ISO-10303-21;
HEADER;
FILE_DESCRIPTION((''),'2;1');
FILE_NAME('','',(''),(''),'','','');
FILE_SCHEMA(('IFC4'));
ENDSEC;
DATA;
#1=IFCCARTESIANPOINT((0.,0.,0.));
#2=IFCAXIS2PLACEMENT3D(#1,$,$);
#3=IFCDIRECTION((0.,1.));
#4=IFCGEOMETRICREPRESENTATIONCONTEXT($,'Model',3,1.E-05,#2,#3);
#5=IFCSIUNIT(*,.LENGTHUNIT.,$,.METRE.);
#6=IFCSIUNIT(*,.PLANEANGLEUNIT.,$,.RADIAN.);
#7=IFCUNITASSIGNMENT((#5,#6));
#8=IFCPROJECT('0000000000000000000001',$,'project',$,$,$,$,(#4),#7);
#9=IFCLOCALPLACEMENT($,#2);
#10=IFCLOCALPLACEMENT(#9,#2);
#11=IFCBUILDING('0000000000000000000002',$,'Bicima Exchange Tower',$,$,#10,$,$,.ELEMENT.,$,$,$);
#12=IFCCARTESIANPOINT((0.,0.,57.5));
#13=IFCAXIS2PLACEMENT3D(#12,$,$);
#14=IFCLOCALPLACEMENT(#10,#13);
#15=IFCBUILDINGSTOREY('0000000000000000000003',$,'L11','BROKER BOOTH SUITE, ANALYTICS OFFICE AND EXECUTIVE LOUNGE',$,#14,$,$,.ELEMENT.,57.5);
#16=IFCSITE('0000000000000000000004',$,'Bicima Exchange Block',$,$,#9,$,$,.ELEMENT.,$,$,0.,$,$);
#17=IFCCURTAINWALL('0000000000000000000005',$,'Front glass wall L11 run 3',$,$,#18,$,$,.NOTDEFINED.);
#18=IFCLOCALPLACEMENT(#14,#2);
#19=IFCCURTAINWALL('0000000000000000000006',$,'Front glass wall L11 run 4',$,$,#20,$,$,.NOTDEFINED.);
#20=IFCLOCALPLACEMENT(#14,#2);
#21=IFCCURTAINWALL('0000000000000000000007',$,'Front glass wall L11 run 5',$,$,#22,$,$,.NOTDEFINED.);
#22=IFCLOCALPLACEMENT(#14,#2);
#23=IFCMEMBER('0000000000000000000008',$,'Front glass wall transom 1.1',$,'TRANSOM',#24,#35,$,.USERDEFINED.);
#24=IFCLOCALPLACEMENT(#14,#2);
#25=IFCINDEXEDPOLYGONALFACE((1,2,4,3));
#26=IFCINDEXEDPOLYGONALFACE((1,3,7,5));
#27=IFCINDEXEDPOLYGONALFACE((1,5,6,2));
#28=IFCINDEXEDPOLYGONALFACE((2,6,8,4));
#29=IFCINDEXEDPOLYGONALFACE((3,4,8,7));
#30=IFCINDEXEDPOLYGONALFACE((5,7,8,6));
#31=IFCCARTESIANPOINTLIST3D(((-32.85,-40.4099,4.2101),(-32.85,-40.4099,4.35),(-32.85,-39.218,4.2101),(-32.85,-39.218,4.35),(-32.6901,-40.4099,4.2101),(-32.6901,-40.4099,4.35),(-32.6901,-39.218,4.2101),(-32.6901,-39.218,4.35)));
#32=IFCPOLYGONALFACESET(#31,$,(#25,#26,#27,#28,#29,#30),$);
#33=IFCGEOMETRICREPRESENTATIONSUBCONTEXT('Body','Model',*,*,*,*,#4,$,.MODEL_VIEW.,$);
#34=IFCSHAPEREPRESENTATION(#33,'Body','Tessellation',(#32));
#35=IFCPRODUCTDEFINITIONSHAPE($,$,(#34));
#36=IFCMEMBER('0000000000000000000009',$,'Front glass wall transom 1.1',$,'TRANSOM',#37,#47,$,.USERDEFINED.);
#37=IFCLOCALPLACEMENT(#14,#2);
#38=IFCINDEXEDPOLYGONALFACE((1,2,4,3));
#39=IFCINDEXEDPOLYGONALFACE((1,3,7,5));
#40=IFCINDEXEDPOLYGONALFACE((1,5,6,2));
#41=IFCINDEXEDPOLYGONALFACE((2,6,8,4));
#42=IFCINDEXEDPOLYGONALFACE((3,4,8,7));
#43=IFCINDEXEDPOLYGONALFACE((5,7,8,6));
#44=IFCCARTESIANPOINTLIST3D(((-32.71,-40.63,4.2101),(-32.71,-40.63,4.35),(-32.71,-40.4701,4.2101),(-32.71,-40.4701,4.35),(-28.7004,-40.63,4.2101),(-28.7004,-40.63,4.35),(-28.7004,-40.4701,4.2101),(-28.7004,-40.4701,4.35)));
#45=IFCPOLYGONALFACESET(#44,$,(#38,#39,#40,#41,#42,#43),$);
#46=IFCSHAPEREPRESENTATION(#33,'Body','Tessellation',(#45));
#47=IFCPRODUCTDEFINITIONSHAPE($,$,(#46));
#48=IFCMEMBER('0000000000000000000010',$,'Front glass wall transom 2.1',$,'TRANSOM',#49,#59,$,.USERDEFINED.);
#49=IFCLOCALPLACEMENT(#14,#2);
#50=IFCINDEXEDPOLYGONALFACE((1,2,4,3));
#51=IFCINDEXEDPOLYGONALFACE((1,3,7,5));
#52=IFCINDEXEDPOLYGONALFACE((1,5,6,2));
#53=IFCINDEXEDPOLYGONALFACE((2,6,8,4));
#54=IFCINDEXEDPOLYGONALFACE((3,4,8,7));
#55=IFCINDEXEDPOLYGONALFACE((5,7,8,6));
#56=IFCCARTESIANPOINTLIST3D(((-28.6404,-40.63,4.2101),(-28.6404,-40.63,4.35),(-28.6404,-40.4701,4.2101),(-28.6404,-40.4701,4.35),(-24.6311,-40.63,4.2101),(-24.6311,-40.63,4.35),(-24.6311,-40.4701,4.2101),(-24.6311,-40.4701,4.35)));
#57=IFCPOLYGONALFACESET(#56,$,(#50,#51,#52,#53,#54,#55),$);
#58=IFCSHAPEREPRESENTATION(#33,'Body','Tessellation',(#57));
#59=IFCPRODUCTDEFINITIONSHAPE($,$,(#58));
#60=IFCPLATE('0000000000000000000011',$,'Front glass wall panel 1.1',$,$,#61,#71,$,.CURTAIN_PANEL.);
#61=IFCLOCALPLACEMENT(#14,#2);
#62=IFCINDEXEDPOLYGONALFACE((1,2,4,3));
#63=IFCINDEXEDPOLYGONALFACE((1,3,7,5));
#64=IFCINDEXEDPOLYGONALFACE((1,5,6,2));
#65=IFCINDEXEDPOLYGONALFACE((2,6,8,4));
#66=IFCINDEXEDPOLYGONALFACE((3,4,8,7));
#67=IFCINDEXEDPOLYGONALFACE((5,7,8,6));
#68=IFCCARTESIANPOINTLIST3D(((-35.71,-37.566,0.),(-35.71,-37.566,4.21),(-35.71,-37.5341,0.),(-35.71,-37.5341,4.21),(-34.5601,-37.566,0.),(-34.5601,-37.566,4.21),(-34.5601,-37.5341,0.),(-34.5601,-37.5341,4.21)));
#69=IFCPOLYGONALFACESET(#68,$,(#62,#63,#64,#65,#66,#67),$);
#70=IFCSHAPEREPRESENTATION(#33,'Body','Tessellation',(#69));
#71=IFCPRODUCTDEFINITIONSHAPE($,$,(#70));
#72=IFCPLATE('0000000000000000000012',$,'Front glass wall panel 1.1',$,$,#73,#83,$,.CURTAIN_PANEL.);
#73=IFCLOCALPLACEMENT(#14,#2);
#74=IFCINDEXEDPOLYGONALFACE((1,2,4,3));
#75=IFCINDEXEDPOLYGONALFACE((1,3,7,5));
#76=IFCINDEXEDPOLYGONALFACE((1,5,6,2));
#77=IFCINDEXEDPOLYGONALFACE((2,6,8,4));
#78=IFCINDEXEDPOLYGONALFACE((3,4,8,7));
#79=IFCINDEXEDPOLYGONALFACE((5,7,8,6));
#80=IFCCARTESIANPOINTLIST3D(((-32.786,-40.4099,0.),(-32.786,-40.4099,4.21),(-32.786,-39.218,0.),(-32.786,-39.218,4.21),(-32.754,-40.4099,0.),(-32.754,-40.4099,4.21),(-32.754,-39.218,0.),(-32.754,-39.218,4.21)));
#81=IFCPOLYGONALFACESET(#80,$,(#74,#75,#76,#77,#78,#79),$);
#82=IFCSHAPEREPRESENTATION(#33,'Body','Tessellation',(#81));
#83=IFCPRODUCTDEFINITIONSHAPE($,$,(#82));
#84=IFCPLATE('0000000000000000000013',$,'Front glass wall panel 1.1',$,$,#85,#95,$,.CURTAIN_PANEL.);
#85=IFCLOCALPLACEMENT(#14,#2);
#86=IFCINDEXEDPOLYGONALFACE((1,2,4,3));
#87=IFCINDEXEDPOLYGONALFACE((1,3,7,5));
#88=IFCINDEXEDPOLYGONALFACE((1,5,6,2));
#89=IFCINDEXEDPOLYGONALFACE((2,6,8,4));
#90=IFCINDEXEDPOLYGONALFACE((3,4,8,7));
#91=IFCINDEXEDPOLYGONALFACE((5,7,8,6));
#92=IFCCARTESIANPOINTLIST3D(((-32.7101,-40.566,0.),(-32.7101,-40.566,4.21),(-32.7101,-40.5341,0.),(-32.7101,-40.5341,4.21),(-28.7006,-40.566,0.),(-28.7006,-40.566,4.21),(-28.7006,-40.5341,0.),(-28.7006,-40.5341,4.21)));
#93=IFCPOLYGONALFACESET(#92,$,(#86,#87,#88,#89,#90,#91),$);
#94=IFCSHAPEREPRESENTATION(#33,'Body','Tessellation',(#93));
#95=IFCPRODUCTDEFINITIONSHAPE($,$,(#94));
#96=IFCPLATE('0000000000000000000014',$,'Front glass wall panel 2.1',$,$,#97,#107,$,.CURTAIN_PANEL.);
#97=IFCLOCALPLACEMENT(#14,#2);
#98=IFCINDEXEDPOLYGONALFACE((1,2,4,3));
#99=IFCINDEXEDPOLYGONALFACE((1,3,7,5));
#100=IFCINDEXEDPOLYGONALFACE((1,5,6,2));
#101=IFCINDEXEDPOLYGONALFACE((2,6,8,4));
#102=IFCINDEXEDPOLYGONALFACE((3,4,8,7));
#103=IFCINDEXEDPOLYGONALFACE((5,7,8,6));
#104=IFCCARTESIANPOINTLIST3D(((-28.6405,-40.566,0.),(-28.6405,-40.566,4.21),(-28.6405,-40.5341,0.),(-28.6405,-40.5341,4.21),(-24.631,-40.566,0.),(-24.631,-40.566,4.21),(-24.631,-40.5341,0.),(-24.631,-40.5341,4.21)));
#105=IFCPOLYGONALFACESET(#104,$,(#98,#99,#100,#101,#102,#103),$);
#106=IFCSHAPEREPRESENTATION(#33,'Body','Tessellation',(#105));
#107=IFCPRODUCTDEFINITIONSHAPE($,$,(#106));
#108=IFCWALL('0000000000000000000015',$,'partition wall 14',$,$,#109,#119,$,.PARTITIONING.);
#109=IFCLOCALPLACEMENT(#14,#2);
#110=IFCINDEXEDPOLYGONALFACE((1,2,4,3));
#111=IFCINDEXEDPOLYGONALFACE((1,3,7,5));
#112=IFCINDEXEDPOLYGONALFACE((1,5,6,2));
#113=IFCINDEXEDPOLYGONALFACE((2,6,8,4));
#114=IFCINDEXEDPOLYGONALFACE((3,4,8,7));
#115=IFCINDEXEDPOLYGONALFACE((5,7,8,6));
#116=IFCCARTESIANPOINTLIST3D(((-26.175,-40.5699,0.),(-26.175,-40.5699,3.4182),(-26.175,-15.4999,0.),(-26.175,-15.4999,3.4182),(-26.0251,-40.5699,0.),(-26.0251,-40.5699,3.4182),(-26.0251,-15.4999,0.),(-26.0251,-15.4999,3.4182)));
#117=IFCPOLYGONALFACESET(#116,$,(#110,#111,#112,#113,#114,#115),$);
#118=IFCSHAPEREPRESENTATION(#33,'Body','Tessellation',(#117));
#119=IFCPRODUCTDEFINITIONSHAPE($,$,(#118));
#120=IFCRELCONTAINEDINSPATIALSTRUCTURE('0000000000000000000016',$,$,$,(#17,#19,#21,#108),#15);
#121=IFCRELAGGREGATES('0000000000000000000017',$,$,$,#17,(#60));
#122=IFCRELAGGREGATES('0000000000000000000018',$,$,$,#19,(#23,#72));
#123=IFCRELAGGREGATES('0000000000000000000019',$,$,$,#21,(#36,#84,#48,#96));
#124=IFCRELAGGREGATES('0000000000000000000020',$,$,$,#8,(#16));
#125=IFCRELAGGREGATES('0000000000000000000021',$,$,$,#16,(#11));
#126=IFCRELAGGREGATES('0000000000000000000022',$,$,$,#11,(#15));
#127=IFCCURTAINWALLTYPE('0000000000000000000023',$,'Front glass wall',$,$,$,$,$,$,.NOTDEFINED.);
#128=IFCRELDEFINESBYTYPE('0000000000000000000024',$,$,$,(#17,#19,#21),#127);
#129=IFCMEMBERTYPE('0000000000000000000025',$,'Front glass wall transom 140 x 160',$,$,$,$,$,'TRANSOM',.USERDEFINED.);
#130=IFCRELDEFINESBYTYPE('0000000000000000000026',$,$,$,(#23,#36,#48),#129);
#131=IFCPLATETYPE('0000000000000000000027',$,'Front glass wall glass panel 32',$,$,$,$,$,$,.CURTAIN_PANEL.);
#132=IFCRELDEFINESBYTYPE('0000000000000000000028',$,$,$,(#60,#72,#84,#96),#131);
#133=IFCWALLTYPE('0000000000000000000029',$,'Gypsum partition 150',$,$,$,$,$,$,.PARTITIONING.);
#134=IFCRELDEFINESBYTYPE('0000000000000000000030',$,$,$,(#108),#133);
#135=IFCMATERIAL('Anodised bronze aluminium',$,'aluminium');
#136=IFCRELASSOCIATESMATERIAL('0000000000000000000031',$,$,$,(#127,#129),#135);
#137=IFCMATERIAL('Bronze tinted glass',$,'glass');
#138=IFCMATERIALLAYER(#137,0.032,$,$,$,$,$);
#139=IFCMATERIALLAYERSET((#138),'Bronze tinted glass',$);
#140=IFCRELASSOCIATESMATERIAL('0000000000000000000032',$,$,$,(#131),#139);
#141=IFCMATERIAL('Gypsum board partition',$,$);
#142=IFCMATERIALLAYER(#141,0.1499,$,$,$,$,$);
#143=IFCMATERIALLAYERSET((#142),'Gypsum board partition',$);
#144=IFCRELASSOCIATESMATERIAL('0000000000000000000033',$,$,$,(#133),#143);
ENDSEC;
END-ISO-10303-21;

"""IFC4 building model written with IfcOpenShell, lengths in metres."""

from ifc_helpers import new_model, si_unit, direction, frame, frame_2d, origin, origin_2d, place, context, subcontext, project, spatial, rectangle, extrude, material, layer, layer_set, material_profile, profile_set, type_object, element, aggregate, save


model = new_model("IFC4")

# Units and contexts
model_context = context("Model", 3, precision=1e-05, world=origin(), true_north=direction((0.0, 1.0)))
body_context = subcontext(model_context, "Body", "Model", "MODEL_VIEW")
ifc_project = project(units=[si_unit("LENGTHUNIT", "METRE"), si_unit("PLANEANGLEUNIT", "RADIAN")], contexts=[model_context])

# Site, building, storey
site_placement = place(None, origin())
site = spatial("IfcSite", under=ifc_project, at=site_placement, Name="Bicima Exchange Block", CompositionType="ELEMENT", RefElevation=0.0)
building_placement = place(site_placement, origin())
building = spatial("IfcBuilding", under=site, at=building_placement, Name="Bicima Exchange Tower", CompositionType="ELEMENT")
storey_placement = place(building_placement, frame((0.0, 0.0, 57.5)))
storey = spatial("IfcBuildingStorey", under=building, at=storey_placement, Name="L11", Description="BROKER BOOTH SUITE, ANALYTICS OFFICE AND EXECUTIVE LOUNGE", CompositionType="ELEMENT", Elevation=57.5)

# Curtain walls
ifc_material_1 = material(Name="Anodised bronze aluminium", Category="aluminium")
curtain_wall_type = type_object("IfcCurtainWallType", Name="Front glass wall", PredefinedType="NOTDEFINED", material=ifc_material_1)
curtain_wall_1_placement = place(storey_placement, origin())
curtain_wall_1 = element("IfcCurtainWall", 1, at=curtain_wall_1_placement, inside=storey, type_object=curtain_wall_type, Name="Front glass wall L11 run 3", PredefinedType="NOTDEFINED")
curtain_wall_2_placement = place(storey_placement, origin())
curtain_wall_2 = element("IfcCurtainWall", 2, at=curtain_wall_2_placement, inside=storey, type_object=curtain_wall_type, Name="Front glass wall L11 run 4", PredefinedType="NOTDEFINED")
curtain_wall_3_placement = place(storey_placement, origin())
curtain_wall_3 = element("IfcCurtainWall", 3, at=curtain_wall_3_placement, inside=storey, type_object=curtain_wall_type, Name="Front glass wall L11 run 5", PredefinedType="NOTDEFINED")

# Members
ifc_material_profile_1 = material_profile(ifc_material_1, rectangle(XDim=0.1599, YDim=0.1399, at=origin_2d()))
ifc_profile_set_1 = profile_set([ifc_material_profile_1], Name="Anodised bronze aluminium")
member_type_1 = type_object("IfcMemberType", Name="Front glass wall transom 140 x 160", ElementType="TRANSOM", PredefinedType="USERDEFINED", material=ifc_profile_set_1)
member_1_placement = place(storey_placement, frame((-32.77, -39.218, 4.28), z_axis=(0.0, -1.0, 0.0), x_axis=(1.0, 0.0, 0.0)))
member_1 = element("IfcMember", 4, at=member_1_placement, type_object=member_type_1, Name="Front glass wall transom 1.1", ObjectType="TRANSOM", PredefinedType="USERDEFINED", context=body_context, shape_type="SweptSolid", body=[
    extrude(rectangle(XDim=0.1599, YDim=0.1399, at=origin_2d()), origin(), (0.0, 0.0, 1.0), 1.1919),
])
member_2_placement = place(storey_placement, frame((-32.71, -40.55, 4.28), z_axis=(1.0, 0.0, 0.0), x_axis=(0.0, 1.0, 0.0)))
member_2 = element("IfcMember", 5, at=member_2_placement, type_object=member_type_1, Name="Front glass wall transom 1.1", ObjectType="TRANSOM", PredefinedType="USERDEFINED", context=body_context, shape_type="SweptSolid", body=[
    extrude(rectangle(XDim=0.1599, YDim=0.1399, at=origin_2d()), origin(), (0.0, 0.0, 1.0), 4.0095),
])
member_3_placement = place(storey_placement, frame((-28.6404, -40.55, 4.28), z_axis=(1.0, 0.0, 0.0), x_axis=(0.0, 1.0, 0.0)))
member_3 = element("IfcMember", 6, at=member_3_placement, type_object=member_type_1, Name="Front glass wall transom 2.1", ObjectType="TRANSOM", PredefinedType="USERDEFINED", context=body_context, shape_type="SweptSolid", body=[
    extrude(rectangle(XDim=0.1599, YDim=0.1399, at=origin_2d()), origin(), (0.0, 0.0, 1.0), 4.0093),
])

# Plates
ifc_material_2 = material(Name="Bronze tinted glass", Category="glass")
ifc_layer_1 = layer(ifc_material_2, 0.032)
ifc_layer_set_1 = layer_set([ifc_layer_1], Name="Bronze tinted glass")
plate_type = type_object("IfcPlateType", Name="Front glass wall glass panel 32", PredefinedType="CURTAIN_PANEL", material=ifc_layer_set_1)
plate_1_placement = place(storey_placement, frame((-35.135, -37.55, 0.0), z_axis=(0.0, 0.0, 1.0), x_axis=(1.0, 0.0, 0.0)))
plate_1 = element("IfcPlate", 7, at=plate_1_placement, type_object=plate_type, Name="Front glass wall panel 1.1", PredefinedType="CURTAIN_PANEL", context=body_context, shape_type="SweptSolid", body=[
    extrude(rectangle(XDim=1.1499, YDim=0.032, at=origin_2d()), origin(), (0.0, 0.0, 1.0), 4.21),
])
aggregate(curtain_wall_1, [plate_1])
plate_2_placement = place(storey_placement, frame((-32.77, -39.814, 0.0), z_axis=(0.0, 0.0, 1.0), x_axis=(0.0, -1.0, 0.0)))
plate_2 = element("IfcPlate", 8, at=plate_2_placement, type_object=plate_type, Name="Front glass wall panel 1.1", PredefinedType="CURTAIN_PANEL", context=body_context, shape_type="SweptSolid", body=[
    extrude(rectangle(XDim=1.1919, YDim=0.032, at=origin_2d()), origin(), (0.0, 0.0, 1.0), 4.21),
])
aggregate(curtain_wall_2, [member_1, plate_2])
plate_3_placement = place(storey_placement, frame((-30.7053, -40.55, 0.0), z_axis=(0.0, 0.0, 1.0), x_axis=(1.0, 0.0, 0.0)))
plate_3 = element("IfcPlate", 9, at=plate_3_placement, type_object=plate_type, Name="Front glass wall panel 1.1", PredefinedType="CURTAIN_PANEL", context=body_context, shape_type="SweptSolid", body=[
    extrude(rectangle(XDim=4.0095, YDim=0.032, at=origin_2d()), origin(), (0.0, 0.0, 1.0), 4.21),
])
plate_4_placement = place(storey_placement, frame((-26.6357, -40.55, 0.0), z_axis=(0.0, 0.0, 1.0), x_axis=(1.0, 0.0, 0.0)))
plate_4 = element("IfcPlate", 10, at=plate_4_placement, type_object=plate_type, Name="Front glass wall panel 2.1", PredefinedType="CURTAIN_PANEL", context=body_context, shape_type="SweptSolid", body=[
    extrude(rectangle(XDim=4.0095, YDim=0.032, at=origin_2d()), origin(), (0.0, 0.0, 1.0), 4.21),
])
aggregate(curtain_wall_3, [member_2, plate_3, member_3, plate_4])

# Wall
ifc_material_3 = material(Name="Gypsum board partition")
ifc_layer_2 = layer(ifc_material_3, 0.1499)
ifc_layer_set_2 = layer_set([ifc_layer_2], Name="Gypsum board partition")
wall_type = type_object("IfcWallType", Name="Gypsum partition 150", PredefinedType="PARTITIONING", material=ifc_layer_set_2)
wall_placement = place(storey_placement, frame((-26.1001, -40.5701, 0.0), z_axis=(0.0, 0.0, 1.0), x_axis=(0.0, 1.0, 0.0)))
element("IfcWall", 11, at=wall_placement, inside=storey, type_object=wall_type, Name="partition wall 14", PredefinedType="PARTITIONING", context=body_context, shape_type="SweptSolid", body=[
    extrude(rectangle(XDim=25.0701, YDim=0.1499, at=frame_2d((12.5352, 0.0))), origin(), (0.0, 0.0, 1.0), 3.4182),
])

save(model, "model.ifc")
